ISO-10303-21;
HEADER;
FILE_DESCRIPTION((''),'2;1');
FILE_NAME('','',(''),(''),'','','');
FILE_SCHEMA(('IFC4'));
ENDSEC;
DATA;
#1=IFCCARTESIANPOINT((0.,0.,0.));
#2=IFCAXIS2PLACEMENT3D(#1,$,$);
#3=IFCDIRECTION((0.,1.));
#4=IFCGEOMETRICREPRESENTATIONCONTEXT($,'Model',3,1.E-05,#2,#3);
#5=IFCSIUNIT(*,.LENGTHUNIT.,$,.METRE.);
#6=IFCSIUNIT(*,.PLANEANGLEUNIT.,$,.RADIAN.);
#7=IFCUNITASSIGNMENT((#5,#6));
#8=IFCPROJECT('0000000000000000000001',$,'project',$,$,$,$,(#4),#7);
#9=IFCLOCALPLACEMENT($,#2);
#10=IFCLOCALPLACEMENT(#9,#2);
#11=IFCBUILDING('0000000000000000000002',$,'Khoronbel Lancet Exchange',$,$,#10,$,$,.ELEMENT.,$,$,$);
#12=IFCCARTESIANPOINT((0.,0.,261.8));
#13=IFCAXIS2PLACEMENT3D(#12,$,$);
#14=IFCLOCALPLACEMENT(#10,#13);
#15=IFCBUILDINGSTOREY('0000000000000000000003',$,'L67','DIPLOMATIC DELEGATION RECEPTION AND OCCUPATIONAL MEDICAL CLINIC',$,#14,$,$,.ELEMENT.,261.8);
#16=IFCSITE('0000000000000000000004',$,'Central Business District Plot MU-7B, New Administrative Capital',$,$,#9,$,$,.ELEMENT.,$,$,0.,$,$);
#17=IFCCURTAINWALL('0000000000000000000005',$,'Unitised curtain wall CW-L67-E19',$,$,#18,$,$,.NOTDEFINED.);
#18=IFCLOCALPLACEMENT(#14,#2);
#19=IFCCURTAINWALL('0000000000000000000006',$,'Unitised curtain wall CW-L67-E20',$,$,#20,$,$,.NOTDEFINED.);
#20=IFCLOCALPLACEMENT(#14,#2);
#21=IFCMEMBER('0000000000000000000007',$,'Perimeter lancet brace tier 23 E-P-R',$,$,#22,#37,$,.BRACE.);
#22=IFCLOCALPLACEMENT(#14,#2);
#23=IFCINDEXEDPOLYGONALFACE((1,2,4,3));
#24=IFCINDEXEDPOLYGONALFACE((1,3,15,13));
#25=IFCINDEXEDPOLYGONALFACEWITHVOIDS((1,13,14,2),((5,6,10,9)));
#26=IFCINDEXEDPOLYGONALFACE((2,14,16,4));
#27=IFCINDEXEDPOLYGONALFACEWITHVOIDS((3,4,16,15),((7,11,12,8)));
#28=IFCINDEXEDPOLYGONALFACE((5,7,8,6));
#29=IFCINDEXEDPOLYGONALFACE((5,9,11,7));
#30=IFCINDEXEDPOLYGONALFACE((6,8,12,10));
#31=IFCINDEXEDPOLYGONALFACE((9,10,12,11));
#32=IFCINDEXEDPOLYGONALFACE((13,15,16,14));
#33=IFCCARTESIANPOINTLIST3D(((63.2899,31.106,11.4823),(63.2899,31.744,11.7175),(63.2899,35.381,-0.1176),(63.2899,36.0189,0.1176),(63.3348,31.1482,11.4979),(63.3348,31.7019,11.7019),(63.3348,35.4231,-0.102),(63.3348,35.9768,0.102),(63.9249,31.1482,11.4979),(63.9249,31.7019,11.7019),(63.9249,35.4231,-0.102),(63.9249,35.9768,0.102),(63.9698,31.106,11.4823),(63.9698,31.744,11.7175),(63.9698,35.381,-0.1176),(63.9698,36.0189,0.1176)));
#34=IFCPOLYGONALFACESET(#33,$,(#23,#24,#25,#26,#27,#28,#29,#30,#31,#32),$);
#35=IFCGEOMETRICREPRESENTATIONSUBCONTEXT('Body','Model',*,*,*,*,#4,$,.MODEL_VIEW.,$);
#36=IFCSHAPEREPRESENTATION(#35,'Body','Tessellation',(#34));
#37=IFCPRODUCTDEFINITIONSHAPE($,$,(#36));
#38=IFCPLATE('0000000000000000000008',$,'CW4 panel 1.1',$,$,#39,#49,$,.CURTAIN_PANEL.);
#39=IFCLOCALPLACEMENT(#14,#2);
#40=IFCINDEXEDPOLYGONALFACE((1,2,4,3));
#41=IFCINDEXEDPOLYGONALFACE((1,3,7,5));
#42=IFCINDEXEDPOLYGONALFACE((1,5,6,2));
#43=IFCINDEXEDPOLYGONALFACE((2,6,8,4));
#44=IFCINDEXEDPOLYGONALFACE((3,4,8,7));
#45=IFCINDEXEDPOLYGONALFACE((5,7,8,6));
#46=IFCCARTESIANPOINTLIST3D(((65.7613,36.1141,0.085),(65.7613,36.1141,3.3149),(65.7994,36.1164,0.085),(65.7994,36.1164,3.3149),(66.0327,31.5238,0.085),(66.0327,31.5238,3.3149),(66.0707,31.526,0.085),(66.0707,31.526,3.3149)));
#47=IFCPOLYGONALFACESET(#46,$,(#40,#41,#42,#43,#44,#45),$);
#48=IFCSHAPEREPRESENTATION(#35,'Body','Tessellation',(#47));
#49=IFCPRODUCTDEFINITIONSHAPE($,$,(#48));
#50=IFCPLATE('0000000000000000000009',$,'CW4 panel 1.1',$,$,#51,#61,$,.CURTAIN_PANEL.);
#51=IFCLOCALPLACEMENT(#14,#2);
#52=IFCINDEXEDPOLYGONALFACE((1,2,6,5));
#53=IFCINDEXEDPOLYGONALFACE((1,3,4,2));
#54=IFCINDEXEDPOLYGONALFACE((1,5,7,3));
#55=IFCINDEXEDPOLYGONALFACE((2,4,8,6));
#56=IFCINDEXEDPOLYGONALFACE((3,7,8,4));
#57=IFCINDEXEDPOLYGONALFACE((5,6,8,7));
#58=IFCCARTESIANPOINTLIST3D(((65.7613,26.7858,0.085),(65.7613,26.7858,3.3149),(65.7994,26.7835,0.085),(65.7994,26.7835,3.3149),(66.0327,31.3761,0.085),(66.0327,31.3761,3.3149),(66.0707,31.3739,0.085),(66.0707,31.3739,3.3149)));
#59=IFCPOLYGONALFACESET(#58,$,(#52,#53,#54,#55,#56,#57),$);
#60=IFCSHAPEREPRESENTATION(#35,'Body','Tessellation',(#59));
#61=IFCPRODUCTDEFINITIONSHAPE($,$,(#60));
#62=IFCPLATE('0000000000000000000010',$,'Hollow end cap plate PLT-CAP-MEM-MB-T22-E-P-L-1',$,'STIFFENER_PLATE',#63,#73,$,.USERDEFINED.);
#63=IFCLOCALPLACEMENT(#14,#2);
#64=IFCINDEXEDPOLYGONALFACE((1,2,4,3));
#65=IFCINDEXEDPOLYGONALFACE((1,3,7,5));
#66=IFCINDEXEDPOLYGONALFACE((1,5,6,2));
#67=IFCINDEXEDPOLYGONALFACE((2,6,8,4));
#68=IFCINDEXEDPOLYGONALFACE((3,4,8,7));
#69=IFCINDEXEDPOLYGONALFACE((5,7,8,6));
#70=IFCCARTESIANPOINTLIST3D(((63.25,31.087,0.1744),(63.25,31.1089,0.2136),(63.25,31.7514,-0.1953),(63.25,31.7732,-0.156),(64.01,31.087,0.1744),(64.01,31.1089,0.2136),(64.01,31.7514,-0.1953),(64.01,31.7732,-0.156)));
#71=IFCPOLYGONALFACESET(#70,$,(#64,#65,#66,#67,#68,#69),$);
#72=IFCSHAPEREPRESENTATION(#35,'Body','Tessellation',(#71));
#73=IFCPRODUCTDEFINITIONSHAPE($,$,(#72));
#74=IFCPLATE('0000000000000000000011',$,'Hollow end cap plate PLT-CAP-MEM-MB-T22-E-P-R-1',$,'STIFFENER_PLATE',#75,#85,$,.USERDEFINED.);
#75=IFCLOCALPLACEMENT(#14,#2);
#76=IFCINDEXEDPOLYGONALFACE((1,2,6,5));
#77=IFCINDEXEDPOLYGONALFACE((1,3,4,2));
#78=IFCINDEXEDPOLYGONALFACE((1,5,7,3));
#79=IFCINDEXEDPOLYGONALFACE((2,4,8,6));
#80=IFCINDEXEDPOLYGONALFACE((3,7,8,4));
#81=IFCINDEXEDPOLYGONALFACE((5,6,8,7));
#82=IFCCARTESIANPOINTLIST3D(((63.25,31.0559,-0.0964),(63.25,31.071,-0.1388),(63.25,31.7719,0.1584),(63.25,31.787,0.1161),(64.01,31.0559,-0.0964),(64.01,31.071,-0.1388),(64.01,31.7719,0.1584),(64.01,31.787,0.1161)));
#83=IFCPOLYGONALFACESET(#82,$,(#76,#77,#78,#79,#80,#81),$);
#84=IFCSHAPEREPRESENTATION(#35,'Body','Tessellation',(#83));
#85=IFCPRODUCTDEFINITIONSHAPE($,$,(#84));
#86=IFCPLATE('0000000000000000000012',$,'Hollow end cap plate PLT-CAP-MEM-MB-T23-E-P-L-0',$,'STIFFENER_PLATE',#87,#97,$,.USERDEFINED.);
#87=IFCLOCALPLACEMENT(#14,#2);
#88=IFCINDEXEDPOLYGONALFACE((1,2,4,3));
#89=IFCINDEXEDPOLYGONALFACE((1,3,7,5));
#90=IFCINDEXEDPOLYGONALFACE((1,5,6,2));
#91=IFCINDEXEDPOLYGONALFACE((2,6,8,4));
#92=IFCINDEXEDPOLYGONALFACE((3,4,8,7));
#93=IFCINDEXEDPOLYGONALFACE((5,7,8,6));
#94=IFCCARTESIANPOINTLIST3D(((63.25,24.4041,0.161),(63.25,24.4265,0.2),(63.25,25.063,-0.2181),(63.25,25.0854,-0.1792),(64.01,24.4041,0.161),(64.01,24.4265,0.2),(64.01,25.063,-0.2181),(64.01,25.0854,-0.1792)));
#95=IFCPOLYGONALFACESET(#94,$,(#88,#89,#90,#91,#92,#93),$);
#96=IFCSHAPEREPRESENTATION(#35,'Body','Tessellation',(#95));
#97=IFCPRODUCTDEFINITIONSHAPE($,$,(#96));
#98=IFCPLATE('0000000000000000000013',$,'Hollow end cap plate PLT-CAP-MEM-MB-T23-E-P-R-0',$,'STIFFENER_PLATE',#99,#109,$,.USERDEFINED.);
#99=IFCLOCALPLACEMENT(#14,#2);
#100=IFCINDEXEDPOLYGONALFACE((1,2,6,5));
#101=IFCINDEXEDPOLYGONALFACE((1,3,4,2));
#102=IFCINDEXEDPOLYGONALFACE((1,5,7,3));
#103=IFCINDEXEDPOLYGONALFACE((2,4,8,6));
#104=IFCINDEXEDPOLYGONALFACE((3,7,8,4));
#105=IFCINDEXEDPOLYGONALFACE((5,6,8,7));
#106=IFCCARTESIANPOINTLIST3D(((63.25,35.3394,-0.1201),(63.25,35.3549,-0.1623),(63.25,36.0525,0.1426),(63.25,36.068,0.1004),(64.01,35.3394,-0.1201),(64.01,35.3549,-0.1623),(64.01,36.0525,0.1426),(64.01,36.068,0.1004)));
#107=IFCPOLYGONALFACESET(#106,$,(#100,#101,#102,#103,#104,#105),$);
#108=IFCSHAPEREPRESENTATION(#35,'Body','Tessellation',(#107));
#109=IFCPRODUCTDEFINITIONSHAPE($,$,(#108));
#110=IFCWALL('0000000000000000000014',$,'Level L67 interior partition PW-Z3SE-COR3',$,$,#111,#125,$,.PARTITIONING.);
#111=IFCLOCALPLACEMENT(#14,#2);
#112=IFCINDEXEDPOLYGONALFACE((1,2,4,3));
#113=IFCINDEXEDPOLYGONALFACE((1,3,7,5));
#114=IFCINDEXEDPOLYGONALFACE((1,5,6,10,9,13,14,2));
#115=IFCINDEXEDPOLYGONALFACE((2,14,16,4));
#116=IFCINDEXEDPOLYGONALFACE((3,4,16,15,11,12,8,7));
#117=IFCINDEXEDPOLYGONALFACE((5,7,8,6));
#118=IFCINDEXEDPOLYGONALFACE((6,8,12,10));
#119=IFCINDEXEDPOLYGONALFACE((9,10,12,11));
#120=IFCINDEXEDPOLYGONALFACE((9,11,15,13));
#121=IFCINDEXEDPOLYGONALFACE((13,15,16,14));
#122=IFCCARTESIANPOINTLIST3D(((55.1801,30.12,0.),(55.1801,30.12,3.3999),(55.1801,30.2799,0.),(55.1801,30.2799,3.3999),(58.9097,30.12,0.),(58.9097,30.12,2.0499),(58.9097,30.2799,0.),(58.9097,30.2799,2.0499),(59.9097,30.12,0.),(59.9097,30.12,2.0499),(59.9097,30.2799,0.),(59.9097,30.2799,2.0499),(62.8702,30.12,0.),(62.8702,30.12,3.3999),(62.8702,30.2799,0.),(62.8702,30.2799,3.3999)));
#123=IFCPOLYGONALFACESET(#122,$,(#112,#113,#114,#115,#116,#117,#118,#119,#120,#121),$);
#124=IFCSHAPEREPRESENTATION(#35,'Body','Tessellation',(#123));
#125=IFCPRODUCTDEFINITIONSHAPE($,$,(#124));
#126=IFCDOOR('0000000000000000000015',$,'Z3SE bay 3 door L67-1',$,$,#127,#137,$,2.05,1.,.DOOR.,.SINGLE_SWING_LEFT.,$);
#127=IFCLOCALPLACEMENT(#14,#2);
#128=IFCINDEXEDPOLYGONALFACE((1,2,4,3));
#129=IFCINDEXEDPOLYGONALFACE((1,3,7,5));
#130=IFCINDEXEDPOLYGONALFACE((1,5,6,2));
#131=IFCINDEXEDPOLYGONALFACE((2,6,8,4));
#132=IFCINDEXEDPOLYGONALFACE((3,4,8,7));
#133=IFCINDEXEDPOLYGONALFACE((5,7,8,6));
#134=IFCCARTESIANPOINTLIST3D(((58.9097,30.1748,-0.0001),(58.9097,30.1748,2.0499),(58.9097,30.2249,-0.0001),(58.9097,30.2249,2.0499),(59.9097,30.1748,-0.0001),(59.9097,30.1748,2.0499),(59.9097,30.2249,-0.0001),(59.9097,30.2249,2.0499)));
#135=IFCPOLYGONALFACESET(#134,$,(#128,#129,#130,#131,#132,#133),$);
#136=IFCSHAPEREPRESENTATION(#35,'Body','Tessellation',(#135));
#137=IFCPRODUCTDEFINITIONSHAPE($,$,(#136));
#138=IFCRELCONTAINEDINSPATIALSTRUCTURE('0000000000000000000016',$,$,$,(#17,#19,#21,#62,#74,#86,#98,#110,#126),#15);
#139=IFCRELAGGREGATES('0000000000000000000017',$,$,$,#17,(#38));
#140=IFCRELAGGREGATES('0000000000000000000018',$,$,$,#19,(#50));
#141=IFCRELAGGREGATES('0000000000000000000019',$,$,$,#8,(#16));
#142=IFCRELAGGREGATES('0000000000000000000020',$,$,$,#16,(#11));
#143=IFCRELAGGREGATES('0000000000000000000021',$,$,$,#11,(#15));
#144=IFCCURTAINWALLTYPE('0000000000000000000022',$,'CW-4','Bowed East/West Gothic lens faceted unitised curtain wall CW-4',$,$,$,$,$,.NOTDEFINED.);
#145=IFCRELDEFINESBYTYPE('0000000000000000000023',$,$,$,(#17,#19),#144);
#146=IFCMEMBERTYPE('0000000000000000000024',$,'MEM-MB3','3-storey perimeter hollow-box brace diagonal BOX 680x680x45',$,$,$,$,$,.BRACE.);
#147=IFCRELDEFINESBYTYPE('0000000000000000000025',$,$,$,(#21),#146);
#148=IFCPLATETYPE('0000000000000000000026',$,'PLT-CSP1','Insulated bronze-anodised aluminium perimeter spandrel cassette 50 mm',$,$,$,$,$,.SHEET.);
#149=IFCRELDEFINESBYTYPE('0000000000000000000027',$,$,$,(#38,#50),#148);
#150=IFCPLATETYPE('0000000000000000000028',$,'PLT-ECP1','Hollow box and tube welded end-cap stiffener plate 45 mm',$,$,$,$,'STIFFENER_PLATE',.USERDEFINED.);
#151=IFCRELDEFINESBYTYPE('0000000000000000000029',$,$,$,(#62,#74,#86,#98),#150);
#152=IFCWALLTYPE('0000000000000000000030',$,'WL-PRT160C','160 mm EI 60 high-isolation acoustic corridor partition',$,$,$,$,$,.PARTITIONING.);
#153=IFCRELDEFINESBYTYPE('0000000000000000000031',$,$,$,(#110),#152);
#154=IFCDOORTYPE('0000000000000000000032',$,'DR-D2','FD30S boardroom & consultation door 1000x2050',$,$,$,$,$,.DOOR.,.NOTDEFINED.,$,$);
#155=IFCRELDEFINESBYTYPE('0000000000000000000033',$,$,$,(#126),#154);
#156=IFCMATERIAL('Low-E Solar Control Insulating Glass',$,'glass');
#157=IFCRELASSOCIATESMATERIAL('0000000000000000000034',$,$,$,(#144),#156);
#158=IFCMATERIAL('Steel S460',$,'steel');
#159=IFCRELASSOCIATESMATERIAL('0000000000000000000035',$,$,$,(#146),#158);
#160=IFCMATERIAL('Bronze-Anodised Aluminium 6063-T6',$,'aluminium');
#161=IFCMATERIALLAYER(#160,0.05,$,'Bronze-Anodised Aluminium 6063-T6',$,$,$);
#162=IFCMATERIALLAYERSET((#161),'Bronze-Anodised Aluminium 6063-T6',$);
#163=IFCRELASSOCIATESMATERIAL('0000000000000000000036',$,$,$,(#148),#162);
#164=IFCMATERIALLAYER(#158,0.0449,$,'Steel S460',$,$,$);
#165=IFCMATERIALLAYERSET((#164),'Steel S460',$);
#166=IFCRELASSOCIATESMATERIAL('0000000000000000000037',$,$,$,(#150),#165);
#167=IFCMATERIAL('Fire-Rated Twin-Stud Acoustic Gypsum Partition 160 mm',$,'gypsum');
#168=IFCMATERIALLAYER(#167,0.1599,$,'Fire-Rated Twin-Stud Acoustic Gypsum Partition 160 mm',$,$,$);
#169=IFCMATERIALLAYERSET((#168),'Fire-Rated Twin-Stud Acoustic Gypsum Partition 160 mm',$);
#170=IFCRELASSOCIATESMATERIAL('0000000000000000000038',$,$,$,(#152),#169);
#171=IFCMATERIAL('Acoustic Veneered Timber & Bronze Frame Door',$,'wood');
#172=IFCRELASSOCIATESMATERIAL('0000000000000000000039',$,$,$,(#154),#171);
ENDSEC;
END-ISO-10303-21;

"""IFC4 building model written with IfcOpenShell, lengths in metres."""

from ifc_helpers import new_model, si_unit, direction, frame, frame_2d, origin, origin_2d, place, context, subcontext, project, spatial, polyline, rectangle, hollow_rectangle, outline, extrude, material, layer, layer_set, material_profile, profile_set, type_object, element, fill, aggregate, save


model = new_model("IFC4")

# Units and contexts
model_context = context("Model", 3, precision=1e-05, world=origin(), true_north=direction((0.0, 1.0)))
body_context = subcontext(model_context, "Body", "Model", "MODEL_VIEW")
ifc_project = project(units=[si_unit("LENGTHUNIT", "METRE"), si_unit("PLANEANGLEUNIT", "RADIAN")], contexts=[model_context])

# Site, building, storey
site_placement = place(None, origin())
site = spatial("IfcSite", under=ifc_project, at=site_placement, Name="Central Business District Plot MU-7B, New Administrative Capital", CompositionType="ELEMENT", RefElevation=0.0)
building_placement = place(site_placement, origin())
building = spatial("IfcBuilding", under=site, at=building_placement, Name="Khoronbel Lancet Exchange", CompositionType="ELEMENT")
storey_placement = place(building_placement, frame((0.0, 0.0, 261.8)))
storey = spatial("IfcBuildingStorey", under=building, at=storey_placement, Name="L67", Description="DIPLOMATIC DELEGATION RECEPTION AND OCCUPATIONAL MEDICAL CLINIC", CompositionType="ELEMENT", Elevation=261.8)

# Curtain wall
ifc_material_1 = material(Name="Low-E Solar Control Insulating Glass", Category="glass")
curtain_wall_type = type_object("IfcCurtainWallType", Name="CW-4", Description="Bowed East/West Gothic lens faceted unitised curtain wall CW-4", PredefinedType="NOTDEFINED", material=ifc_material_1)
curtain_wall_1_placement = place(storey_placement, origin())
curtain_wall_1 = element("IfcCurtainWall", 1, at=curtain_wall_1_placement, inside=storey, type_object=curtain_wall_type, Name="Unitised curtain wall CW-L67-E19", PredefinedType="NOTDEFINED")
ifc_material_2 = material(Name="Bronze-Anodised Aluminium 6063-T6", Category="aluminium")

# Curtain wall
curtain_wall_2_placement = place(storey_placement, origin())
curtain_wall_2 = element("IfcCurtainWall", 2, at=curtain_wall_2_placement, inside=storey, type_object=curtain_wall_type, Name="Unitised curtain wall CW-L67-E20", PredefinedType="NOTDEFINED")

# Member
ifc_material_3 = material(Name="Steel S460", Category="steel")
ifc_material_profile_1 = material_profile(ifc_material_3, hollow_rectangle(XDim=0.6799, YDim=0.6799, WallThickness=0.0449, at=origin_2d()), Name="BOX 680x680x45")
ifc_profile_set_1 = profile_set([ifc_material_profile_1], Name="Steel S460")
member_type_1 = type_object("IfcMemberType", Name="MEM-MB3", Description="3-storey perimeter hollow-box brace diagonal BOX 680x680x45", PredefinedType="BRACE", material=ifc_profile_set_1)
member_1_placement = place(storey_placement, frame((63.6299, 35.7, 0.0), z_axis=(0.0, -0.345796, 0.93831), x_axis=(1.0, 0.0, 0.0)))
element("IfcMember", 3, at=member_1_placement, inside=storey, type_object=member_type_1, Name="Perimeter lancet brace tier 23 E-P-R", PredefinedType="BRACE", context=body_context, shape_type="SweptSolid", body=[
    extrude(hollow_rectangle(XDim=0.6799, YDim=0.6799, WallThickness=0.0449, at=origin_2d()), origin(), (0.0, 0.0, 1.0), 12.3625),
])

# Plates
ifc_layer_1 = layer(ifc_material_2, 0.05, Name="Bronze-Anodised Aluminium 6063-T6")
ifc_layer_set_1 = layer_set([ifc_layer_1], Name="Bronze-Anodised Aluminium 6063-T6")
plate_type_1 = type_object("IfcPlateType", Name="PLT-CSP1", Description="Insulated bronze-anodised aluminium perimeter spandrel cassette 50 mm", PredefinedType="SHEET", material=ifc_layer_set_1)
plate_1_placement = place(storey_placement, frame((65.916, 33.8201, 0.085), z_axis=(0.0, 0.0, 1.0), x_axis=(0.05901, -0.998257, 0.0)))
plate_1 = element("IfcPlate", 4, at=plate_1_placement, type_object=plate_type_1, Name="CW4 panel 1.1", PredefinedType="CURTAIN_PANEL", context=body_context, shape_type="SweptSolid", body=[
    extrude(rectangle(XDim=4.5984, YDim=0.0381, at=origin_2d()), origin(), (0.0, 0.0, 1.0), 3.23),
])
aggregate(curtain_wall_1, [plate_1])
plate_2_placement = place(storey_placement, frame((65.916, 29.0798, 0.085), z_axis=(0.0, 0.0, 1.0), x_axis=(-0.05901, -0.998257, 0.0)))
plate_2 = element("IfcPlate", 5, at=plate_2_placement, type_object=plate_type_1, Name="CW4 panel 1.1", PredefinedType="CURTAIN_PANEL", context=body_context, shape_type="SweptSolid", body=[
    extrude(rectangle(XDim=4.5984, YDim=0.0381, at=origin_2d()), origin(), (0.0, 0.0, 1.0), 3.23),
])
aggregate(curtain_wall_2, [plate_2])

# Plates
ifc_layer_2 = layer(ifc_material_3, 0.0449, Name="Steel S460")
ifc_layer_set_2 = layer_set([ifc_layer_2], Name="Steel S460")
plate_type_2 = type_object("IfcPlateType", Name="PLT-ECP1", Description="Hollow box and tube welded end-cap stiffener plate 45 mm", ElementType="STIFFENER_PLATE", PredefinedType="USERDEFINED", material=ifc_layer_set_2)
plate_3_placement = place(storey_placement, frame((64.01, 31.7732, -0.156), z_axis=(0.0, 0.486215, 0.873839), x_axis=(-1.0, 0.0, 0.0)))
element("IfcPlate", 6, at=plate_3_placement, inside=storey, type_object=plate_type_2, Name="Hollow end cap plate PLT-CAP-MEM-MB-T22-E-P-L-1", ObjectType="STIFFENER_PLATE", PredefinedType="USERDEFINED", context=body_context, shape_type="SweptSolid", body=[
    extrude(outline(polyline([(0.0, 0.0), (0.76, 0.0), (0.76, 0.7603), (0.0, 0.7603), (0.0, 0.0)])), origin(), (0.0, 0.0, -1.0), 0.0449),
])
plate_4_placement = place(storey_placement, frame((63.25, 31.0559, -0.0964), z_axis=(0.0, -0.335339, 0.942097), x_axis=(1.0, 0.0, 0.0)))
element("IfcPlate", 7, at=plate_4_placement, inside=storey, type_object=plate_type_2, Name="Hollow end cap plate PLT-CAP-MEM-MB-T22-E-P-R-1", ObjectType="STIFFENER_PLATE", PredefinedType="USERDEFINED", context=body_context, shape_type="SweptSolid", body=[
    extrude(outline(polyline([(0.0, 0.0), (0.76, 0.0), (0.76, 0.76), (0.0, 0.76), (0.0, 0.0)])), origin(), (0.0, 0.0, -1.0), 0.0449),
])
plate_5_placement = place(storey_placement, frame((64.01, 25.0854, -0.1792), z_axis=(0.0, 0.498731, 0.866757), x_axis=(-1.0, 0.0, 0.0)))
element("IfcPlate", 8, at=plate_5_placement, inside=storey, type_object=plate_type_2, Name="Hollow end cap plate PLT-CAP-MEM-MB-T23-E-P-L-0", ObjectType="STIFFENER_PLATE", PredefinedType="USERDEFINED", context=body_context, shape_type="SweptSolid", body=[
    extrude(outline(polyline([(0.0, 0.0), (0.76, 0.0), (0.76, 0.7603), (0.0, 0.7603), (0.0, 0.0)])), origin(), (0.0, 0.0, -1.0), 0.0449),
])
plate_6_placement = place(storey_placement, frame((63.25, 35.3394, -0.1201), z_axis=(0.0, -0.345661, 0.93836), x_axis=(1.0, 0.0, 0.0)))
element("IfcPlate", 9, at=plate_6_placement, inside=storey, type_object=plate_type_2, Name="Hollow end cap plate PLT-CAP-MEM-MB-T23-E-P-R-0", ObjectType="STIFFENER_PLATE", PredefinedType="USERDEFINED", context=body_context, shape_type="SweptSolid", body=[
    extrude(outline(polyline([(0.0, 0.0), (0.76, 0.0), (0.76, 0.76), (0.0, 0.76), (0.0, 0.0)])), origin(), (0.0, 0.0, -1.0), 0.0449),
])

# Wall, opening, door
ifc_material_4 = material(Name="Fire-Rated Twin-Stud Acoustic Gypsum Partition 160 mm", Category="gypsum")
ifc_layer_3 = layer(ifc_material_4, 0.1599, Name="Fire-Rated Twin-Stud Acoustic Gypsum Partition 160 mm")
ifc_layer_set_3 = layer_set([ifc_layer_3], Name="Fire-Rated Twin-Stud Acoustic Gypsum Partition 160 mm")
wall_type = type_object("IfcWallType", Name="WL-PRT160C", Description="160 mm EI 60 high-isolation acoustic corridor partition", PredefinedType="PARTITIONING", material=ifc_layer_set_3)
wall_placement = place(storey_placement, frame((55.1799, 30.2, 0.0), z_axis=(0.0, 0.0, 1.0), x_axis=(1.0, 0.0, 0.0)))
wall = element("IfcWall", 10, at=wall_placement, inside=storey, type_object=wall_type, Name="Level L67 interior partition PW-Z3SE-COR3", PredefinedType="PARTITIONING", context=body_context, shape_type="SweptSolid", body=[
    extrude(rectangle(XDim=7.6902, YDim=0.1599, at=frame_2d((3.8452, 0.0))), origin(), (0.0, 0.0, 1.0), 3.3999),
])
opening_placement = place(wall_placement, frame((3.7297, 0.0, 0.0)))
opening = element("IfcOpeningElement", 11, at=opening_placement, cuts=wall, PredefinedType="OPENING", context=body_context, shape_type="SweptSolid", body=[
    extrude(rectangle(XDim=1.0, YDim=2.05, at=frame_2d((0.5, 1.0249))), frame((0.0, 0.0898, 0.0), z_axis=(0.0, -1.0, 0.0), x_axis=(1.0, 0.0, 0.0)), (0.0, 0.0, 1.0), 0.1799),
])
ifc_material_5 = material(Name="Acoustic Veneered Timber & Bronze Frame Door", Category="wood")
door_type = type_object("IfcDoorType", Name="DR-D2", Description="FD30S boardroom & consultation door 1000x2050", OperationType="NOTDEFINED", PredefinedType="DOOR", material=ifc_material_5)
door_placement = place(opening_placement, origin())
door = element("IfcDoor", 12, at=door_placement, inside=storey, type_object=door_type, Name="Z3SE bay 3 door L67-1", OperationType="SINGLE_SWING_LEFT", OverallHeight=2.05, OverallWidth=1.0, PredefinedType="DOOR", context=body_context, shape_type="SweptSolid", body=[
    extrude(rectangle(XDim=1.0, YDim=2.05, at=frame_2d((0.5, 1.0249))), frame((0.0, 0.0249, 0.0), z_axis=(0.0, -1.0, 0.0), x_axis=(1.0, 0.0, 0.0)), (0.0, 0.0, 1.0), 0.05),
])
fill(opening, door)

save(model, "model.ifc")
